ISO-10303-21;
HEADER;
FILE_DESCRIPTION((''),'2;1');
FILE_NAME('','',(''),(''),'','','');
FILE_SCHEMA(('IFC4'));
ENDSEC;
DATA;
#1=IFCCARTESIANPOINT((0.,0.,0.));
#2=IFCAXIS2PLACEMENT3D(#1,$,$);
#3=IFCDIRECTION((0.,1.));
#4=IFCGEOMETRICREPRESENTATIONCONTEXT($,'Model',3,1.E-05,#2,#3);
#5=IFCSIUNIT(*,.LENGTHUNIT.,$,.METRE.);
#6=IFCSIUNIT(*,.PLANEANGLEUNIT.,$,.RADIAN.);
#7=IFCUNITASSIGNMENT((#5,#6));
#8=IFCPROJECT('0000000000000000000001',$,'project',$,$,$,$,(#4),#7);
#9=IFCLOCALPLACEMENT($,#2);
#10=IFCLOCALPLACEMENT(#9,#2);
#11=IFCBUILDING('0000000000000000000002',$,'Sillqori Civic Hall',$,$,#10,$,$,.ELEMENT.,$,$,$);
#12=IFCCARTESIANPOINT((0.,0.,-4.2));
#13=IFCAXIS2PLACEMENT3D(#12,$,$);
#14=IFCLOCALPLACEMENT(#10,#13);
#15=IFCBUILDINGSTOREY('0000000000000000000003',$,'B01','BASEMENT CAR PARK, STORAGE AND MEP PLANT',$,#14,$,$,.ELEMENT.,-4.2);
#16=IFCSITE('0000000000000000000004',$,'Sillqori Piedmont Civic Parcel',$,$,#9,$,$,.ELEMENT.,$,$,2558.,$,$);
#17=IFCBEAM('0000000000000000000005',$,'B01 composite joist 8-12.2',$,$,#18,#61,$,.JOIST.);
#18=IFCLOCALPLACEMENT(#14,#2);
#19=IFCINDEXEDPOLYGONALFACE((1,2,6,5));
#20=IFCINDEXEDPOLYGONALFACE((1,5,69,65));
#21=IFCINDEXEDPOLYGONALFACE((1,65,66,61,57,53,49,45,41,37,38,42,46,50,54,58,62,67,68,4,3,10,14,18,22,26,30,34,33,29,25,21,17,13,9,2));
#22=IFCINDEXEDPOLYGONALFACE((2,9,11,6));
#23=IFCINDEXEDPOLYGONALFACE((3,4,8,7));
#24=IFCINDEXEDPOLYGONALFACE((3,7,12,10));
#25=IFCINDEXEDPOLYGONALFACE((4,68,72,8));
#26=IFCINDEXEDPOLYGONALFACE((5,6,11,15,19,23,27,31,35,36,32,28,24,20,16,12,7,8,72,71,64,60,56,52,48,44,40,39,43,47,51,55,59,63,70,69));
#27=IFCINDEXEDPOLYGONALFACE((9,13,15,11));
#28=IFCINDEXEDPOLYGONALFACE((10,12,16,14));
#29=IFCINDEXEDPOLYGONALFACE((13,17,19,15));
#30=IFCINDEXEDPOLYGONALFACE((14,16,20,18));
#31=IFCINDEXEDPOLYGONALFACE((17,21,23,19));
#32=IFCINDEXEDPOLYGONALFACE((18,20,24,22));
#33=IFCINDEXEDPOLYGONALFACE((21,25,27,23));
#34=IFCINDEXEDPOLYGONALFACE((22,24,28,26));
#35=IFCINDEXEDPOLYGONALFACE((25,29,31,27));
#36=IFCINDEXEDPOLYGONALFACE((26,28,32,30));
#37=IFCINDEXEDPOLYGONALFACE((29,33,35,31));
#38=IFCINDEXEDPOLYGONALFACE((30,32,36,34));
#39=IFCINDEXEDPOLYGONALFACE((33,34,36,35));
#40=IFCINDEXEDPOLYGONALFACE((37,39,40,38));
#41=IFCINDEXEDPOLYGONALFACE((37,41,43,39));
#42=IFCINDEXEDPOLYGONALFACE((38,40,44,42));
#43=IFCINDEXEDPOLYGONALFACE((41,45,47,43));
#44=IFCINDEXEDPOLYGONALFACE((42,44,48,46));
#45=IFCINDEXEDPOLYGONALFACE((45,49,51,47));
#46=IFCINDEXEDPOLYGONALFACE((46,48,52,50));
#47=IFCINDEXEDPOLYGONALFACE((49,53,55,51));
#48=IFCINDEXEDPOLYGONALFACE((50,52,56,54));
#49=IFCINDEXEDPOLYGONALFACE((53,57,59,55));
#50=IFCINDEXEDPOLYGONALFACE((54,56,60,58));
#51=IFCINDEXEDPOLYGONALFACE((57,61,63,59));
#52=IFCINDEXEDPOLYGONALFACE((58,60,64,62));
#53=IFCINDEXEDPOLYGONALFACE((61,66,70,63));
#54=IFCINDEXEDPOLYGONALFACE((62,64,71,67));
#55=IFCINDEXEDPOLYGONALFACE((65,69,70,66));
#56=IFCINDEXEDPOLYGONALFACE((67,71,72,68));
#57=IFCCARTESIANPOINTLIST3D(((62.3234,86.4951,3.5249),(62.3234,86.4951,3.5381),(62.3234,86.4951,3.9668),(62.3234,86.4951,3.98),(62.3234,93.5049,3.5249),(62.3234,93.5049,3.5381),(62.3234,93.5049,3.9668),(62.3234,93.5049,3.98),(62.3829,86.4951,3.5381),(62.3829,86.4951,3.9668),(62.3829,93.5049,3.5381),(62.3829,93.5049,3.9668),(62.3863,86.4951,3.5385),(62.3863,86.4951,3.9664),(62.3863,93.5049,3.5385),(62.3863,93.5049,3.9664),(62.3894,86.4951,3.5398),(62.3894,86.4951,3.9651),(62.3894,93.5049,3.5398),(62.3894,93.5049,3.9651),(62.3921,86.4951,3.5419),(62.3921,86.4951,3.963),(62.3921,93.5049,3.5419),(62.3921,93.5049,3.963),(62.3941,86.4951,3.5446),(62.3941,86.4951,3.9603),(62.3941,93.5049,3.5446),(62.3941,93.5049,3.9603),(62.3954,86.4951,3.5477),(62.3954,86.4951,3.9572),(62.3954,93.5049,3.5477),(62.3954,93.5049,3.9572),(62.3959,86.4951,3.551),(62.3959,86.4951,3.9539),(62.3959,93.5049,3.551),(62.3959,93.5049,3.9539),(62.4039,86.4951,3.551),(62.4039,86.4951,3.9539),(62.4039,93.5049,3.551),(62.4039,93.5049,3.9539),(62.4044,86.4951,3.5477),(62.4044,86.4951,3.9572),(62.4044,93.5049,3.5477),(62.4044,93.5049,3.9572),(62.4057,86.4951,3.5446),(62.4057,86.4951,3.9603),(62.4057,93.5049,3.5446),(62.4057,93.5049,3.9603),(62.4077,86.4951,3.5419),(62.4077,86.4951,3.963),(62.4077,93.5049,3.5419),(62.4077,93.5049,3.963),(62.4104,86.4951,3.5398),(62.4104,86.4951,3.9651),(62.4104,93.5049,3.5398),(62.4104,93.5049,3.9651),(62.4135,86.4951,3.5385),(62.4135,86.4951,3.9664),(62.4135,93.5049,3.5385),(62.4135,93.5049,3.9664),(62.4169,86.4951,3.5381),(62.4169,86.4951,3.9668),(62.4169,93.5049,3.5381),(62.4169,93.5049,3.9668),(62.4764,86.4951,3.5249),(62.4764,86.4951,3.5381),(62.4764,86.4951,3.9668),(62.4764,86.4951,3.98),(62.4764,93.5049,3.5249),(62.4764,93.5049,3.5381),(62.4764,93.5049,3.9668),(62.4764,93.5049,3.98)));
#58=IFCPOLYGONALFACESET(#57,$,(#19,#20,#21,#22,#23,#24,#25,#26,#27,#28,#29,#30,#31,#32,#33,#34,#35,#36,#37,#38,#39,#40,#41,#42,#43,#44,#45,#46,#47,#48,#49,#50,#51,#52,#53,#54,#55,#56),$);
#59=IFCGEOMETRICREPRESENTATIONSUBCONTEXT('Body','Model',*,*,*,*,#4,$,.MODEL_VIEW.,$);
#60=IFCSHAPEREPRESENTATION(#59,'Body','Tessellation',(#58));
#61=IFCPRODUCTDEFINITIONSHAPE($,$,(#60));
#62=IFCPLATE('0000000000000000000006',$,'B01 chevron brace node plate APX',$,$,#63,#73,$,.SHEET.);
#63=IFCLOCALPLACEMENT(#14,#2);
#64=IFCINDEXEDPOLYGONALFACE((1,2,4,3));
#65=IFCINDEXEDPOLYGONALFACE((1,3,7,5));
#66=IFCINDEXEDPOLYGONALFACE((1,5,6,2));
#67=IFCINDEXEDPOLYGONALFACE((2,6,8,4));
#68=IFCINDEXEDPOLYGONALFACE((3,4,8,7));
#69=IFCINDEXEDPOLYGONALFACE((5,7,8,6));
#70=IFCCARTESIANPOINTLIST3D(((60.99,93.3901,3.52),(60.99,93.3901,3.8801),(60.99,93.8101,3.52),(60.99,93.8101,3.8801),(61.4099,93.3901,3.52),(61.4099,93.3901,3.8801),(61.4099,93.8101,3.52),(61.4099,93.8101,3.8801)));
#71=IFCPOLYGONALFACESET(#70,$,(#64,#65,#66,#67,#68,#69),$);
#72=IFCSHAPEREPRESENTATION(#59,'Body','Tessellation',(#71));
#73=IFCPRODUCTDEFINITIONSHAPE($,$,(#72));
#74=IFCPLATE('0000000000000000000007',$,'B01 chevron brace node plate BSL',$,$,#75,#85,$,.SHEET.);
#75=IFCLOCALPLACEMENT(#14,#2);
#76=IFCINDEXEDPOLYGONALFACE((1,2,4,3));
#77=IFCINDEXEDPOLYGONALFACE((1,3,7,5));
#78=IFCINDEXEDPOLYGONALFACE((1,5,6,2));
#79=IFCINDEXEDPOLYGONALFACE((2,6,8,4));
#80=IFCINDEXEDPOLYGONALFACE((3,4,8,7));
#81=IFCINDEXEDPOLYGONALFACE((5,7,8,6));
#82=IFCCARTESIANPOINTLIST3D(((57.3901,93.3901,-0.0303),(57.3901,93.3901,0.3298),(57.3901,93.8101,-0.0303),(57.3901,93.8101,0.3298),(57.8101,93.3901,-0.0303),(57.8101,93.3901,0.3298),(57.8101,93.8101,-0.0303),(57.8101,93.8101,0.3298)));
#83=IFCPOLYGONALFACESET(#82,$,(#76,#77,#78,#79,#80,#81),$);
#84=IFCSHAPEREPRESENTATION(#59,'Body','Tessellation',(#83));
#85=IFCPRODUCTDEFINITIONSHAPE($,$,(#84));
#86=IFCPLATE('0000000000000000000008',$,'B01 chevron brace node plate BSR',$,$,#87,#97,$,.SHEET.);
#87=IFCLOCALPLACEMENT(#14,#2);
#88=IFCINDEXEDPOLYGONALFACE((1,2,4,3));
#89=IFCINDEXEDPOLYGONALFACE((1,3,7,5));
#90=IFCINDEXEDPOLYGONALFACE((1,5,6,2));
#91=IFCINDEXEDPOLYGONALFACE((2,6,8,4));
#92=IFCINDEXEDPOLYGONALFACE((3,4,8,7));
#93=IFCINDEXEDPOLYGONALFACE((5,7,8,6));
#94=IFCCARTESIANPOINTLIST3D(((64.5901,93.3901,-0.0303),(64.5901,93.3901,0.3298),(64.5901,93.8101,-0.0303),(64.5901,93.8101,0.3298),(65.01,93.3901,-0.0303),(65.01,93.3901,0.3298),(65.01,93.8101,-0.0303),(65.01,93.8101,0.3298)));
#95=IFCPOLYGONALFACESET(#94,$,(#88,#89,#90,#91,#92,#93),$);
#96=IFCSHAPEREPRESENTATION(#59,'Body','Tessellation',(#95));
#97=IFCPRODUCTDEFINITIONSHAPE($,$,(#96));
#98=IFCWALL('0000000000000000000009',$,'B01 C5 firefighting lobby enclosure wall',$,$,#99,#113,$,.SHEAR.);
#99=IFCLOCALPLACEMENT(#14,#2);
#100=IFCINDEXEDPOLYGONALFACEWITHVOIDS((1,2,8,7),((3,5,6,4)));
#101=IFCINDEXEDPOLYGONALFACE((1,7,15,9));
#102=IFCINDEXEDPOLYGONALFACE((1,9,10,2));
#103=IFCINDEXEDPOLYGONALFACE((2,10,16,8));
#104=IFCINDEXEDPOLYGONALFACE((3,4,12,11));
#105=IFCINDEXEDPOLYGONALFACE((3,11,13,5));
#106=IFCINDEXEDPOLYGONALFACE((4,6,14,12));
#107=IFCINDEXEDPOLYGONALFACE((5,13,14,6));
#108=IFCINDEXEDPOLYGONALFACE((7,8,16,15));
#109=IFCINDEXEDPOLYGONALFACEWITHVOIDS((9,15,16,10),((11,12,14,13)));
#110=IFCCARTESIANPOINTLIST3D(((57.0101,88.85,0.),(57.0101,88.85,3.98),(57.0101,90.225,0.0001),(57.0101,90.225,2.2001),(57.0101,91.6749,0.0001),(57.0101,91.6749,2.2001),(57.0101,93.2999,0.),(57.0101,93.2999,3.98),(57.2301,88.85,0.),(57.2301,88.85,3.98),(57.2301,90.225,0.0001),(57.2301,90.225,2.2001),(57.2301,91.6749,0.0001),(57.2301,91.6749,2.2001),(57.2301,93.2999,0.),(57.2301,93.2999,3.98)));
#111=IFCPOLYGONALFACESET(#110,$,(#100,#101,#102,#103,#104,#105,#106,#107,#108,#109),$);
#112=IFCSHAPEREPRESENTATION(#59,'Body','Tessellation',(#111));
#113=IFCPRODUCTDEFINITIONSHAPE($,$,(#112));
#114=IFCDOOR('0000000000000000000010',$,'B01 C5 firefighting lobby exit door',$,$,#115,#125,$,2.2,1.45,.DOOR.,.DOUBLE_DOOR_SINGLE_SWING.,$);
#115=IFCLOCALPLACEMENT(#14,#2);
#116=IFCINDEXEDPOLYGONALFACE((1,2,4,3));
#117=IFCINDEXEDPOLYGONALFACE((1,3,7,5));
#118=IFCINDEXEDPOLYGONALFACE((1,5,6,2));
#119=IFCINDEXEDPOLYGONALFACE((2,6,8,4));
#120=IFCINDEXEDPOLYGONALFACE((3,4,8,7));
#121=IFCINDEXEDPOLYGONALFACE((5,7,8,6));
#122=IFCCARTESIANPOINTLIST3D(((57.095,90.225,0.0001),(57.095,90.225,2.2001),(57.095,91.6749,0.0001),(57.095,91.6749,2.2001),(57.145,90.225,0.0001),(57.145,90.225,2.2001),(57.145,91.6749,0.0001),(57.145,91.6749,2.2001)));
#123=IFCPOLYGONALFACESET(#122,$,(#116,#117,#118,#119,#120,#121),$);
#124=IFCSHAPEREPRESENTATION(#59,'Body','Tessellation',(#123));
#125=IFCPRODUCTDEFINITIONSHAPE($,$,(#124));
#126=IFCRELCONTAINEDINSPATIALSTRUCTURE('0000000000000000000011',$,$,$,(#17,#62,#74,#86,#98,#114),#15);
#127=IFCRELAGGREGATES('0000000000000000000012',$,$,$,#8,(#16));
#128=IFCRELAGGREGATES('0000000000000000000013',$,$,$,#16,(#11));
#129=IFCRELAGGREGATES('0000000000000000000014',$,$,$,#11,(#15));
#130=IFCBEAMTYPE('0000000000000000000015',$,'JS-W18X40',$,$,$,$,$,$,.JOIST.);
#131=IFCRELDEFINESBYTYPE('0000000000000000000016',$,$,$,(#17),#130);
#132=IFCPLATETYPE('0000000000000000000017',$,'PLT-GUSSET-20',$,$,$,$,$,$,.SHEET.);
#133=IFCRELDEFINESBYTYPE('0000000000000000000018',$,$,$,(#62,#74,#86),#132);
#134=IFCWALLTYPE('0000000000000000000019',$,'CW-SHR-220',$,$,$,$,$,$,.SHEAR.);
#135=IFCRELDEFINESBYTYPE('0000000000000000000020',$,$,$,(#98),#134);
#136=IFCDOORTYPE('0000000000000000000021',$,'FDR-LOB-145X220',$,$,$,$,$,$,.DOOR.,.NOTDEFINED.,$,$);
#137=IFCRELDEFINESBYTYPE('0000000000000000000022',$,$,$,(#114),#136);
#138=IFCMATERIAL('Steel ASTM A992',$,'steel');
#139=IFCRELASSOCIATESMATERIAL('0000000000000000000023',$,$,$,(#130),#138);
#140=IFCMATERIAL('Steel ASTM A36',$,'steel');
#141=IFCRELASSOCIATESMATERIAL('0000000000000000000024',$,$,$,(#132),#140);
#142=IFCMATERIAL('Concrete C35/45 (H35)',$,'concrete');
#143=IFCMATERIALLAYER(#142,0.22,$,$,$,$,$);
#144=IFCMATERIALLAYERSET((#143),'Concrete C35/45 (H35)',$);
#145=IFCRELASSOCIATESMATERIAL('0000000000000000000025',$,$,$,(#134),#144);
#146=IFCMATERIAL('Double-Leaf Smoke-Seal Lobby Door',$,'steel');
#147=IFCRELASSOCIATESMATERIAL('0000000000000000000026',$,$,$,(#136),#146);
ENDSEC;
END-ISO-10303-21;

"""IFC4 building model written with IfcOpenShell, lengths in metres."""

from ifc_helpers import new_model, si_unit, direction, frame, frame_2d, origin, origin_2d, place, context, subcontext, project, spatial, rectangle, i_section, extrude, material, layer, layer_set, material_profile, profile_set, type_object, element, fill, save


model = new_model("IFC4")

# Units and contexts
model_context = context("Model", 3, precision=1e-05, world=origin(), true_north=direction((0.0, 1.0)))
body_context = subcontext(model_context, "Body", "Model", "MODEL_VIEW")
ifc_project = project(units=[si_unit("LENGTHUNIT", "METRE"), si_unit("PLANEANGLEUNIT", "RADIAN")], contexts=[model_context])

# Site, building, storey
site_placement = place(None, origin())
site = spatial("IfcSite", under=ifc_project, at=site_placement, Name="Sillqori Piedmont Civic Parcel", CompositionType="ELEMENT", RefElevation=2558.0)
building_placement = place(site_placement, origin())
building = spatial("IfcBuilding", under=site, at=building_placement, Name="Sillqori Civic Hall", CompositionType="ELEMENT")
storey_placement = place(building_placement, frame((0.0, 0.0, -4.2)))
storey = spatial("IfcBuildingStorey", under=building, at=storey_placement, Name="B01", Description="BASEMENT CAR PARK, STORAGE AND MEP PLANT", CompositionType="ELEMENT", Elevation=-4.2)

# Shared definitions
ifc_material_1 = material(Name="Concrete C35/45 (H35)", Category="concrete")

# Shared definitions
ifc_material_2 = material(Name="Steel ASTM A992", Category="steel")

# Beam
ifc_material_profile_1 = material_profile(ifc_material_2, i_section(OverallWidth=0.1531, OverallDepth=0.4551, WebThickness=0.0081, FlangeThickness=0.0132, FilletRadius=0.0129, at=origin_2d()), Name="W18X40")
ifc_profile_set_1 = profile_set([ifc_material_profile_1], Name="Steel ASTM A992")
beam_type_1 = type_object("IfcBeamType", Name="JS-W18X40", PredefinedType="JOIST", material=ifc_profile_set_1)
for number, where, z_axis, x_axis, name in (
    (1, (62.3999, 86.4951, 3.7524), (0.0, 1.0, 0.0), (-1.0, 0.0, 0.0), "B01 composite joist 8-12.2"),
):
    element("IfcBeam", number, at=place(storey_placement, frame(where, z_axis=z_axis, x_axis=x_axis)), inside=storey, type_object=beam_type_1, Name=name, PredefinedType="JOIST", context=body_context, shape_type="SweptSolid", body=[
        extrude(i_section(OverallWidth=0.1531, OverallDepth=0.4551, WebThickness=0.0081, FlangeThickness=0.0132, FilletRadius=0.0129, at=origin_2d()), origin(), (0.0, 0.0, 1.0), 7.0098),
    ])

# Plates
ifc_material_3 = material(Name="Steel ASTM A36", Category="steel")
plate_type = type_object("IfcPlateType", Name="PLT-GUSSET-20", PredefinedType="SHEET", material=ifc_material_3)
for number, where, z_axis, x_axis, name in (
    (2, (61.2, 93.6001, 3.52), (0.0, 0.0, 1.0), (1.0, 0.0, 0.0), "B01 chevron brace node plate APX"),
    (3, (57.6001, 93.6001, -0.0303), (0.0, 0.0, 1.0), (1.0, 0.0, 0.0), "B01 chevron brace node plate BSL"),
    (4, (64.8, 93.6001, -0.0303), (0.0, 0.0, 1.0), (1.0, 0.0, 0.0), "B01 chevron brace node plate BSR"),
):
    element("IfcPlate", number, at=place(storey_placement, frame(where, z_axis=z_axis, x_axis=x_axis)), inside=storey, type_object=plate_type, Name=name, PredefinedType="SHEET", context=body_context, shape_type="SweptSolid", body=[
        extrude(rectangle(XDim=0.4199, YDim=0.4199, at=origin_2d()), origin(), (0.0, 0.0, 1.0), 0.3601),
    ])

# Wall, opening, door
ifc_layer = layer(ifc_material_1, 0.22)
ifc_layer_set = layer_set([ifc_layer], Name="Concrete C35/45 (H35)")
wall_type = type_object("IfcWallType", Name="CW-SHR-220", PredefinedType="SHEAR", material=ifc_layer_set)
wall_placement = place(storey_placement, frame((57.1201, 93.3, 0.0), z_axis=(0.0, 0.0, 1.0), x_axis=(0.0, -1.0, 0.0)))
wall = element("IfcWall", 5, at=wall_placement, inside=storey, type_object=wall_type, Name="B01 C5 firefighting lobby enclosure wall", PredefinedType="SHEAR", context=body_context, shape_type="SweptSolid", body=[
    extrude(rectangle(XDim=4.45, YDim=0.22, at=frame_2d((2.2251, 0.0))), origin(), (0.0, 0.0, 1.0), 3.98),
])
opening_placement = place(wall_placement, frame((1.625, 0.0, 0.0)))
opening = element("IfcOpeningElement", 6, at=opening_placement, cuts=wall, PredefinedType="OPENING", context=body_context, shape_type="SweptSolid", body=[
    extrude(rectangle(XDim=1.45, YDim=2.2, at=frame_2d((0.7251, 1.1001))), frame((0.0, 0.1199, 0.0), z_axis=(0.0, -1.0, 0.0), x_axis=(1.0, 0.0, 0.0)), (0.0, 0.0, 1.0), 0.24),
])
ifc_material_4 = material(Name="Double-Leaf Smoke-Seal Lobby Door", Category="steel")
door_type = type_object("IfcDoorType", Name="FDR-LOB-145X220", OperationType="NOTDEFINED", PredefinedType="DOOR", material=ifc_material_4)
door_placement = place(opening_placement, origin())
door = element("IfcDoor", 7, at=door_placement, inside=storey, type_object=door_type, Name="B01 C5 firefighting lobby exit door", OperationType="DOUBLE_DOOR_SINGLE_SWING", OverallHeight=2.2, OverallWidth=1.45, PredefinedType="DOOR", context=body_context, shape_type="SweptSolid", body=[
    extrude(rectangle(XDim=1.45, YDim=2.2, at=frame_2d((0.7251, 1.1001))), frame((0.0, 0.0249, 0.0), z_axis=(0.0, -1.0, 0.0), x_axis=(1.0, 0.0, 0.0)), (0.0, 0.0, 1.0), 0.05),
])
fill(opening, door)

save(model, "model.ifc")
